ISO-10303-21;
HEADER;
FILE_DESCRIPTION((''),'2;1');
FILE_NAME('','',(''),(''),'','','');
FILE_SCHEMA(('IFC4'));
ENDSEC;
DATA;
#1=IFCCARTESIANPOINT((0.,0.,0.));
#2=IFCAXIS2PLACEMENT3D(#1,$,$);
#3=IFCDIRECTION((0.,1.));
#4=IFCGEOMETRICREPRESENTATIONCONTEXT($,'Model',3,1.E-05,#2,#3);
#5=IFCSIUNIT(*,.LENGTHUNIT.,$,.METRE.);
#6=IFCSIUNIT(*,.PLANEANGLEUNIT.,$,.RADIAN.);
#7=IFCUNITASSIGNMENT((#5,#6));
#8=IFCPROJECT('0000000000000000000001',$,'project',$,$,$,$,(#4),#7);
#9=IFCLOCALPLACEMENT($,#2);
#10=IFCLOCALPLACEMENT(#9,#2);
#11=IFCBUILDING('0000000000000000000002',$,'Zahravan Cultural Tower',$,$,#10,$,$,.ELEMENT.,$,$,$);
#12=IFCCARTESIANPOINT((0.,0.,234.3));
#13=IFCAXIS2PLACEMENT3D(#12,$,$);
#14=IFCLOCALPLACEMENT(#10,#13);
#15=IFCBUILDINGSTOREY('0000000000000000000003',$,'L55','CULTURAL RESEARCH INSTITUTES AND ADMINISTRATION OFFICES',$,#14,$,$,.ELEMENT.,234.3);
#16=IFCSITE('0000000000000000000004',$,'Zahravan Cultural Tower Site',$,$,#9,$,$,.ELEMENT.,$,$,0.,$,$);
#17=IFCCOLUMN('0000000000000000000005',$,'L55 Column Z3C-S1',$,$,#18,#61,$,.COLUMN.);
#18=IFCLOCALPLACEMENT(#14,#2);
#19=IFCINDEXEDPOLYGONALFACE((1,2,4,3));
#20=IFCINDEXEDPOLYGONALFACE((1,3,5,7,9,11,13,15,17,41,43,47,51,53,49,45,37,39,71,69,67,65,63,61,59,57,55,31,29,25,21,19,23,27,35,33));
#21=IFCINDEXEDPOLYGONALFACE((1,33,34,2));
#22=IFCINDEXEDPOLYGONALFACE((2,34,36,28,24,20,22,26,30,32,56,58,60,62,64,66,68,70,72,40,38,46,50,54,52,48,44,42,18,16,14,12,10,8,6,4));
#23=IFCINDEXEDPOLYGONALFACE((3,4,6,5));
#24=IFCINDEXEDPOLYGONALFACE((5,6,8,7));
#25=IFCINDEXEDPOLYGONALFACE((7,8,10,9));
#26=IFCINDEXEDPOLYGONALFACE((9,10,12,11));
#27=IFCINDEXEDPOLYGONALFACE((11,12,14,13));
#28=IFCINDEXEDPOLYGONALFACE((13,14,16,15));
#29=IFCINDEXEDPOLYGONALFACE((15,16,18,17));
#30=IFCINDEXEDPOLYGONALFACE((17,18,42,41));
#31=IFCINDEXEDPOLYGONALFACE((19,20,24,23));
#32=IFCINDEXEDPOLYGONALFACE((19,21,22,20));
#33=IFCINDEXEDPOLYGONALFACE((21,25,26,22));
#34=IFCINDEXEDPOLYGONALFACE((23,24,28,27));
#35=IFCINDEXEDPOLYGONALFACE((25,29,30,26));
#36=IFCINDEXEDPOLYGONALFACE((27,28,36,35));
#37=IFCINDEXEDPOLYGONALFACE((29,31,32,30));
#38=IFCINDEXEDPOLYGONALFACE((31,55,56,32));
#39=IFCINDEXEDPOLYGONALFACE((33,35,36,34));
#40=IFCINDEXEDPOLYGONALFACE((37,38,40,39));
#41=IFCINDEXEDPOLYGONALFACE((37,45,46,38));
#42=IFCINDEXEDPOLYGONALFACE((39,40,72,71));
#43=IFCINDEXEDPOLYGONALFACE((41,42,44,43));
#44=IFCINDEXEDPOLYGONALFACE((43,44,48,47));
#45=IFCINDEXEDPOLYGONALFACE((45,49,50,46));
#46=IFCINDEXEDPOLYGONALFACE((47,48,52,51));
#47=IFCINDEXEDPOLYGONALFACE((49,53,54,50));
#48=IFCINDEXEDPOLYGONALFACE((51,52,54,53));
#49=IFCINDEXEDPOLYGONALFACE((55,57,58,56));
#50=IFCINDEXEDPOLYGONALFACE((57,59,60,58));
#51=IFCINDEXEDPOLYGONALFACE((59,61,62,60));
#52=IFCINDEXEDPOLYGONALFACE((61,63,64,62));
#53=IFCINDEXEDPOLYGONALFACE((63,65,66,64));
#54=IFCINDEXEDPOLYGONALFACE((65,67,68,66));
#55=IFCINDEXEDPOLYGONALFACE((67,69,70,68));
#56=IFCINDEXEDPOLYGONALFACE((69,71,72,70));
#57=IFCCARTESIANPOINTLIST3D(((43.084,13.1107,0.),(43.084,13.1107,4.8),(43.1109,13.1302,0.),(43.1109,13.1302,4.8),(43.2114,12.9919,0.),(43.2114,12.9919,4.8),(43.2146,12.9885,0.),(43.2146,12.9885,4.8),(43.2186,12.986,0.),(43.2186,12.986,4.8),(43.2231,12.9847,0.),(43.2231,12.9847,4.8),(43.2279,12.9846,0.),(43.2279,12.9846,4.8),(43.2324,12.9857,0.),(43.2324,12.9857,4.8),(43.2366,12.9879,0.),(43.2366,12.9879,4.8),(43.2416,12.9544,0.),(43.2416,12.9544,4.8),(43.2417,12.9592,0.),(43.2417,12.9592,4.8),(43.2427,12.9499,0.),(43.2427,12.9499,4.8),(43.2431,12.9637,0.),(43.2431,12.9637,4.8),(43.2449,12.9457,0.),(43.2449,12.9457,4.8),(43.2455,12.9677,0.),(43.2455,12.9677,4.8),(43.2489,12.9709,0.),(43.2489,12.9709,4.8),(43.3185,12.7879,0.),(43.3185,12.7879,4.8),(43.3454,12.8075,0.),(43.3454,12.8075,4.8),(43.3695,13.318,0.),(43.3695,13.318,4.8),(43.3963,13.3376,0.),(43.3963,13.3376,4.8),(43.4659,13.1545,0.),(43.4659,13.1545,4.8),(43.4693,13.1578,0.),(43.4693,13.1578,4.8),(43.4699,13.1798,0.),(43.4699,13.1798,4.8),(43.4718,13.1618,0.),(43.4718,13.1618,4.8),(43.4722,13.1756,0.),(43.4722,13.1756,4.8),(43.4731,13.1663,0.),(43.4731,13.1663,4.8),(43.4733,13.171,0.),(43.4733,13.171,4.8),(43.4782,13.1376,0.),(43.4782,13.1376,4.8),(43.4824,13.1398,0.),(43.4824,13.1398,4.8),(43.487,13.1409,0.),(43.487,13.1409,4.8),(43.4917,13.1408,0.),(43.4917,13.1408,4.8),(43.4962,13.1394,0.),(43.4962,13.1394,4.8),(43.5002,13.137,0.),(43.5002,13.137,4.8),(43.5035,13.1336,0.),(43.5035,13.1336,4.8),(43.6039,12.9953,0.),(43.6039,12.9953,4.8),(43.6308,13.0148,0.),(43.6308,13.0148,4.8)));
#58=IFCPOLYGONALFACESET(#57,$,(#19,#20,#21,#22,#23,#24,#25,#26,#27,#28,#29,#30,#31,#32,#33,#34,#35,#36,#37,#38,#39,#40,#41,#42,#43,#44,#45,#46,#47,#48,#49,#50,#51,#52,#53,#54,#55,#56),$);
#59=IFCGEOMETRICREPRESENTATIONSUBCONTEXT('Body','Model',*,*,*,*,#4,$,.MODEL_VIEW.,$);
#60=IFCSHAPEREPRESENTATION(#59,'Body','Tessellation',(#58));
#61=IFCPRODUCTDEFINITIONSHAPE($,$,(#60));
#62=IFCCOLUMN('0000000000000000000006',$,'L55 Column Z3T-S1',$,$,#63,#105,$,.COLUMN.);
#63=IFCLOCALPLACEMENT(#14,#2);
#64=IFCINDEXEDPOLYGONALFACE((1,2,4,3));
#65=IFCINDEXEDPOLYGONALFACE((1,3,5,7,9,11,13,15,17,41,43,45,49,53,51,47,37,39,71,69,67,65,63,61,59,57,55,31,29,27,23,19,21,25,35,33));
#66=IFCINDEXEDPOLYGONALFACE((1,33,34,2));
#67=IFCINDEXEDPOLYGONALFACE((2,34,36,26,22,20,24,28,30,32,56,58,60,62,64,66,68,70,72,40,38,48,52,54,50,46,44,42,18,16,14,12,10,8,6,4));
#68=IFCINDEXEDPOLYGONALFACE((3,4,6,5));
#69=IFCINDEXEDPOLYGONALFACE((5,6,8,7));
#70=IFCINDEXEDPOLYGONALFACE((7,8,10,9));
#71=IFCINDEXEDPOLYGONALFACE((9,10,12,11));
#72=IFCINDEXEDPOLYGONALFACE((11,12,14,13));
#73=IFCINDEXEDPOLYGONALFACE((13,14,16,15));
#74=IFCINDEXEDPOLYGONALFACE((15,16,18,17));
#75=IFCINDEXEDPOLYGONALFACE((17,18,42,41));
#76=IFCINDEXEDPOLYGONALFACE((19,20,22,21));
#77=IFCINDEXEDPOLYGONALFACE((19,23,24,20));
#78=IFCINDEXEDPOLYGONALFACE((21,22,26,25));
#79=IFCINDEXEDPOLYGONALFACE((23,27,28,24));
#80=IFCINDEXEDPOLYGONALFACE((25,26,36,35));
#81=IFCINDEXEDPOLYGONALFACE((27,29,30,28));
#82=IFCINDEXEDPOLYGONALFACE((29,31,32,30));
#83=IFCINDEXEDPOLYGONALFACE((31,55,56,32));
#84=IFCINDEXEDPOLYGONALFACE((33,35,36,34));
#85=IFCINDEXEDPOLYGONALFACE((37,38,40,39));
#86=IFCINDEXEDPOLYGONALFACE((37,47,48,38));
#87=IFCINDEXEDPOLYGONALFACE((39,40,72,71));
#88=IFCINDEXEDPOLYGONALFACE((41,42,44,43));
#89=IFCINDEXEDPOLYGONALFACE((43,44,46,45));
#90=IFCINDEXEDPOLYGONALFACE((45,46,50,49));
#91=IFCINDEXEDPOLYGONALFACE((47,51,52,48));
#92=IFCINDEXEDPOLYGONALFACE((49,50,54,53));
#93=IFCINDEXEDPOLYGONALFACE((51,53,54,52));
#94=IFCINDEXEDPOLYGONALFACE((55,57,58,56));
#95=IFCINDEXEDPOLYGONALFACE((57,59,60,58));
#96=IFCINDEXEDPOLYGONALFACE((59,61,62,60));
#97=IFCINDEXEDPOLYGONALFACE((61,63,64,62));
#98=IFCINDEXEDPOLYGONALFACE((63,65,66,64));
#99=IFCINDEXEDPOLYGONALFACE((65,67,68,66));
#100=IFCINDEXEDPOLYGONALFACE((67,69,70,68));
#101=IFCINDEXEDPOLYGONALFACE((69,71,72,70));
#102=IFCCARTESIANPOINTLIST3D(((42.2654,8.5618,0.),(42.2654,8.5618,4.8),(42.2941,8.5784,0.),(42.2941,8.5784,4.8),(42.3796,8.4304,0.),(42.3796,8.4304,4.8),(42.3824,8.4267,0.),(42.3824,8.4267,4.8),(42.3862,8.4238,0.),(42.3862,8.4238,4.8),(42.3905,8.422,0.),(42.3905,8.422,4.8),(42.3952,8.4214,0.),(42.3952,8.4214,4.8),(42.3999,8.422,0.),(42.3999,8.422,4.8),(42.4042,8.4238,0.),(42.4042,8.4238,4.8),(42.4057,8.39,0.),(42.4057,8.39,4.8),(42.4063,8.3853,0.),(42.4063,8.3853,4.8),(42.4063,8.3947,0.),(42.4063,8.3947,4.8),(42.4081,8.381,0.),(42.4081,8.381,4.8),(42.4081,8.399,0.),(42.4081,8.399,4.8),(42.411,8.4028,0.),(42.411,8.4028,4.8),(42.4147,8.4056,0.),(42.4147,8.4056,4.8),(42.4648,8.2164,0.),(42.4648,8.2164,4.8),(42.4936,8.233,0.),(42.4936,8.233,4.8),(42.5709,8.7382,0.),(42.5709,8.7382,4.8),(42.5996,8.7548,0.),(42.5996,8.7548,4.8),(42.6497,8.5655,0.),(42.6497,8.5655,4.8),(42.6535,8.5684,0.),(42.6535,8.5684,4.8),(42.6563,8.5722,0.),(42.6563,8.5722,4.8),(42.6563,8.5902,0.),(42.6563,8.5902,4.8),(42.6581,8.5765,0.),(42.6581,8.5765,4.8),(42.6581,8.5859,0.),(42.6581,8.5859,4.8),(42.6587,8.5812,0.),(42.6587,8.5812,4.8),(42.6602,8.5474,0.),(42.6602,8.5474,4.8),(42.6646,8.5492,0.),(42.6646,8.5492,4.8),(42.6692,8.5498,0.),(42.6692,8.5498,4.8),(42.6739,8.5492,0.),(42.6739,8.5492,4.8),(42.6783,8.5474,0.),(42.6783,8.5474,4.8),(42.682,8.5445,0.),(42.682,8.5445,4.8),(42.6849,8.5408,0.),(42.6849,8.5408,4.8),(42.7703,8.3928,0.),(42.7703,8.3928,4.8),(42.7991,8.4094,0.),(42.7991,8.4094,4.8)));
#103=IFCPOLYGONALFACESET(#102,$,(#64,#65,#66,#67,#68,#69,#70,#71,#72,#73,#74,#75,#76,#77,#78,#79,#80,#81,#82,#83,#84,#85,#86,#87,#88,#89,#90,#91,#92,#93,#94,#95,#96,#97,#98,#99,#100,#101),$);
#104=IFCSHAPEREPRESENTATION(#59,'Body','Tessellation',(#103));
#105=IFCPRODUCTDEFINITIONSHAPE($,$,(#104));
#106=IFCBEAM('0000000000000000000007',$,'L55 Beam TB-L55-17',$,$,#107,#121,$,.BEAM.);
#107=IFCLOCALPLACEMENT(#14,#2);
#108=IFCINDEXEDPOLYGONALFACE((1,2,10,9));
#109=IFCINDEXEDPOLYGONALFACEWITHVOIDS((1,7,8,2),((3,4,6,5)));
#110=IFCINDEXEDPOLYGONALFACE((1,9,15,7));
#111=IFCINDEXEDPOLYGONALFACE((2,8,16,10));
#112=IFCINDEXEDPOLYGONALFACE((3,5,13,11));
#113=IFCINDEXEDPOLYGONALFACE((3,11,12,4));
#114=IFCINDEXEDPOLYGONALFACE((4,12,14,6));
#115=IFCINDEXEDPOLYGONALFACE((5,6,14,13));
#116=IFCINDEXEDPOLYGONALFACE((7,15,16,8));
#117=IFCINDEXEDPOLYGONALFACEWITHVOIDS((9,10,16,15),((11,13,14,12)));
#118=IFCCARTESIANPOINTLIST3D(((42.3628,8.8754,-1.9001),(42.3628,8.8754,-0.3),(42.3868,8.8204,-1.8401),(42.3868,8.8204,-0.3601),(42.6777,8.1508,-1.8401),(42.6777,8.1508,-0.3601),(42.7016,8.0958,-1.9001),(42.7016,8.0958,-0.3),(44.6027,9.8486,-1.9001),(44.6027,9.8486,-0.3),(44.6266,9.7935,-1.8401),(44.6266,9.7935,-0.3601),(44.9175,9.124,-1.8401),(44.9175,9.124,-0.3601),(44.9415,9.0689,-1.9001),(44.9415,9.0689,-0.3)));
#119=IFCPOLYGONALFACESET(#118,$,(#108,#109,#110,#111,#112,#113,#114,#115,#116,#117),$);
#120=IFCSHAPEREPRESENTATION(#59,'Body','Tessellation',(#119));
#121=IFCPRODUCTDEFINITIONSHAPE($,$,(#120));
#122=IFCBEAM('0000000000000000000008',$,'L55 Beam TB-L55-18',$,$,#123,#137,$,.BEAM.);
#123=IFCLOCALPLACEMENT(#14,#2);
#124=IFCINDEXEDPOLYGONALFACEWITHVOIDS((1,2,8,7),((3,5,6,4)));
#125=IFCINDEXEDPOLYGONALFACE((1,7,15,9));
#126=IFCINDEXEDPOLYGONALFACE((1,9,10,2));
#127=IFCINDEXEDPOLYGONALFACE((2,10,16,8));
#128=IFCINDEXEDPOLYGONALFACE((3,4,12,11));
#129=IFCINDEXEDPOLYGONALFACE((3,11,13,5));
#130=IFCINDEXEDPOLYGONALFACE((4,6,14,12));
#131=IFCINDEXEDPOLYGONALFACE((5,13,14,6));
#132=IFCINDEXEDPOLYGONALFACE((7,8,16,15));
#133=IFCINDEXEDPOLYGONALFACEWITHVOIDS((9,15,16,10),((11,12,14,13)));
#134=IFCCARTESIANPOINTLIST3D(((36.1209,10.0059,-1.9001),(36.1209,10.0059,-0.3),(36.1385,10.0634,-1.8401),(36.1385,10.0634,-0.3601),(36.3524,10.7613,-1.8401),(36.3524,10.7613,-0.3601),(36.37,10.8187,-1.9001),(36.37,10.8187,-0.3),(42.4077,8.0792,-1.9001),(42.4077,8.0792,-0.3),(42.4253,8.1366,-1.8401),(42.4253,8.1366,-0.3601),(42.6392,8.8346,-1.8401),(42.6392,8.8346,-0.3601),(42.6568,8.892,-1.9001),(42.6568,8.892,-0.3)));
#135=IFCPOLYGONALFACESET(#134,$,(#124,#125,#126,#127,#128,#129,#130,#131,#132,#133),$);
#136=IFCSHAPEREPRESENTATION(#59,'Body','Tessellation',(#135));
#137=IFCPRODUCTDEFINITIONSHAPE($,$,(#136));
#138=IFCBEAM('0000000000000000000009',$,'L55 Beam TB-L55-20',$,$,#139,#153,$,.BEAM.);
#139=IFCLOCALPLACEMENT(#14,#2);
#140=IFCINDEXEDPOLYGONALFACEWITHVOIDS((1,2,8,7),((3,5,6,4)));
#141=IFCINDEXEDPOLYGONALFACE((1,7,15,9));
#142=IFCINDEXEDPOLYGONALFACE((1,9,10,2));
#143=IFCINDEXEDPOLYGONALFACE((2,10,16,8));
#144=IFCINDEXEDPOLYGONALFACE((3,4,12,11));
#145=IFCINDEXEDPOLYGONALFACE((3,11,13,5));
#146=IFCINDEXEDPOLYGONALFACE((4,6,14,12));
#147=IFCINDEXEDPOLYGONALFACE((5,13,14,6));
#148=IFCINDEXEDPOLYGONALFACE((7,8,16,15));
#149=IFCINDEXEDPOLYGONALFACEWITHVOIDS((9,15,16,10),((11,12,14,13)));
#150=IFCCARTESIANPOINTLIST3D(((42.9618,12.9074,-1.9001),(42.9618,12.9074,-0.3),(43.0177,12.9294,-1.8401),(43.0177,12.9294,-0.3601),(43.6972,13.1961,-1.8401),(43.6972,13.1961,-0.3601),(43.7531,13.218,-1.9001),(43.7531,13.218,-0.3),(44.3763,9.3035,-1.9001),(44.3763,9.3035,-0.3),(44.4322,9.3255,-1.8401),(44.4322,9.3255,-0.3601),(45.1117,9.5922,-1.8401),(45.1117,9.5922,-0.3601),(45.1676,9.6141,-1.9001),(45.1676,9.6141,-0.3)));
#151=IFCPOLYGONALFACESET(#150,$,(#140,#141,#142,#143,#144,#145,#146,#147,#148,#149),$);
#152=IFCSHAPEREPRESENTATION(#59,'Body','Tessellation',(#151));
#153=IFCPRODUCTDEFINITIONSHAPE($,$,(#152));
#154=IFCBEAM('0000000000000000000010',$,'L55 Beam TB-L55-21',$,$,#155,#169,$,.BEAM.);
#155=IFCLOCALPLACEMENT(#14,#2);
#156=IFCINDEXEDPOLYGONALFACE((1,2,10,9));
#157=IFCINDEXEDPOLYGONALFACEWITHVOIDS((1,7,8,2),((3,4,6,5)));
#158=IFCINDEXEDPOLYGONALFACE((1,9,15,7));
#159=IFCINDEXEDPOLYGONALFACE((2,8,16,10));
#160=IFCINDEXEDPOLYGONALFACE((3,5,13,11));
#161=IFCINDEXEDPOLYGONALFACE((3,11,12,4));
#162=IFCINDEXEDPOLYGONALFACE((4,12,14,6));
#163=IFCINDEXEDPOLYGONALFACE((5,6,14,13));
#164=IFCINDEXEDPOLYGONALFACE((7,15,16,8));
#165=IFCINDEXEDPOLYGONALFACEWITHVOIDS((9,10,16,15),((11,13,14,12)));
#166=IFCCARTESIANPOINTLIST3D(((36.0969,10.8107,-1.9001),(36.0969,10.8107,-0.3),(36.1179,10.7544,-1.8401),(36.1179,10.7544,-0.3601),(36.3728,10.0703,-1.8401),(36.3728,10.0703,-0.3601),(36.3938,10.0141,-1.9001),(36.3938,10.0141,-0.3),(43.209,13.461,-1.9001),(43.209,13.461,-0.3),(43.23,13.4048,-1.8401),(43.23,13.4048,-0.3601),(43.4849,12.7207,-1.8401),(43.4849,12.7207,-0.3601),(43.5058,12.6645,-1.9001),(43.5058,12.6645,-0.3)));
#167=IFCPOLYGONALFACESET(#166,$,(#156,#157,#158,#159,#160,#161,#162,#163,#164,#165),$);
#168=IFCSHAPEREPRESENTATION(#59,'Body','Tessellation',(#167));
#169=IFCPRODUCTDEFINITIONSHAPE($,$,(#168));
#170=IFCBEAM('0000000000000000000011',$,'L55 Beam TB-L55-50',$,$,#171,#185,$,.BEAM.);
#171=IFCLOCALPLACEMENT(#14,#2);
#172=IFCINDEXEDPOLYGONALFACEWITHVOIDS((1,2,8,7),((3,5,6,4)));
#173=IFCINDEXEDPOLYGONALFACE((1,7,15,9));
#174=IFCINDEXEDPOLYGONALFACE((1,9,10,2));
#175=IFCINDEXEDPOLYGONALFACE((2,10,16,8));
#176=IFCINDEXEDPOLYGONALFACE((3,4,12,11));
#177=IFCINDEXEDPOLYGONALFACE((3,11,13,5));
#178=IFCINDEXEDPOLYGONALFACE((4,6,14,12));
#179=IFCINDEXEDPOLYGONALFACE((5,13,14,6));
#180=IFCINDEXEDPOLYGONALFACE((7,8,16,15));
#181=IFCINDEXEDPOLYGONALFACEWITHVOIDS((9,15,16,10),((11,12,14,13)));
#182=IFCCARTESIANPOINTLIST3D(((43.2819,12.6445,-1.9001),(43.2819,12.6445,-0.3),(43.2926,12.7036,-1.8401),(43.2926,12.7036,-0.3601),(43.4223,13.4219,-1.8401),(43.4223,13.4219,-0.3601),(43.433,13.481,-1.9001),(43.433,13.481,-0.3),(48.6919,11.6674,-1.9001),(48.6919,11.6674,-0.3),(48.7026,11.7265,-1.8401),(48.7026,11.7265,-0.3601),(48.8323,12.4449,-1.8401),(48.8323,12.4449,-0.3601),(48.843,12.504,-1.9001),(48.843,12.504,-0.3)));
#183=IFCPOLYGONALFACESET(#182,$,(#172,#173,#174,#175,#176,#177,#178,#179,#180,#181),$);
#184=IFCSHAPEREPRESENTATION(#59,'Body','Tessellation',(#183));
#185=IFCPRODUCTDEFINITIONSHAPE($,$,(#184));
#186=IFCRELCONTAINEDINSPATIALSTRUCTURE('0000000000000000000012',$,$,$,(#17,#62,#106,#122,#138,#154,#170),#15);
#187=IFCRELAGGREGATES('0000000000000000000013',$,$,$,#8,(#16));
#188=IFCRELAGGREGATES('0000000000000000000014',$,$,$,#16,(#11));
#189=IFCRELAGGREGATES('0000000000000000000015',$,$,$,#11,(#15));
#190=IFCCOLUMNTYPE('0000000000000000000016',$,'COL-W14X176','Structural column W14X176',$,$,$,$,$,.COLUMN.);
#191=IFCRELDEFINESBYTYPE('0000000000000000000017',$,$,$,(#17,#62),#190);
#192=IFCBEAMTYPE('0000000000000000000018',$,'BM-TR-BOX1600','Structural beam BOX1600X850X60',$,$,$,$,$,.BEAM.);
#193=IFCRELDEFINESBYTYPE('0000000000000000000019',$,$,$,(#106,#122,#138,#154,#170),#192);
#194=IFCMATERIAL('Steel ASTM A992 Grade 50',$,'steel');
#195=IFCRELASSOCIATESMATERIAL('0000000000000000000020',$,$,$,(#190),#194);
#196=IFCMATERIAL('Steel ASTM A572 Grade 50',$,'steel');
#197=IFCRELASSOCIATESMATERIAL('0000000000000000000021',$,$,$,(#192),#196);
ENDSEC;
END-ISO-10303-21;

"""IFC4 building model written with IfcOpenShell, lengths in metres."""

from ifc_helpers import new_model, si_unit, direction, frame, origin, origin_2d, place, context, subcontext, project, spatial, hollow_rectangle, i_section, extrude, source, transform, mapped, material, material_profile, profile_set, type_object, element, save


model = new_model("IFC4")

# Units and contexts
model_context = context("Model", 3, precision=1e-05, world=origin(), true_north=direction((0.0, 1.0)))
body_context = subcontext(model_context, "Body", "Model", "MODEL_VIEW")
ifc_project = project(units=[si_unit("LENGTHUNIT", "METRE"), si_unit("PLANEANGLEUNIT", "RADIAN")], contexts=[model_context])

# Site, building, storey
site_placement = place(None, origin())
site = spatial("IfcSite", under=ifc_project, at=site_placement, Name="Zahravan Cultural Tower Site", CompositionType="ELEMENT", RefElevation=0.0)
building_placement = place(site_placement, origin())
building = spatial("IfcBuilding", under=site, at=building_placement, Name="Zahravan Cultural Tower", CompositionType="ELEMENT")
storey_placement = place(building_placement, frame((0.0, 0.0, 234.3)))
storey = spatial("IfcBuildingStorey", under=building, at=storey_placement, Name="L55", Description="CULTURAL RESEARCH INSTITUTES AND ADMINISTRATION OFFICES", CompositionType="ELEMENT", Elevation=234.3)

# Columns
ifc_material_1 = material(Name="Steel ASTM A992 Grade 50", Category="steel")
ifc_material_profile_1 = material_profile(ifc_material_1, i_section(OverallWidth=0.3989, OverallDepth=0.386, WebThickness=0.021, FlangeThickness=0.0332, FilletRadius=0.0181, at=origin_2d()), Name="W14X176")
ifc_profile_set_1 = profile_set([ifc_material_profile_1], Name="Steel ASTM A992 Grade 50")
column_type = type_object("IfcColumnType", Name="COL-W14X176", Description="Structural column W14X176", PredefinedType="COLUMN", material=ifc_profile_set_1)
shared_shape_1 = source(origin(), body_context, "Body", "SweptSolid", [
    extrude(i_section(OverallWidth=0.3989, OverallDepth=0.386, WebThickness=0.021, FlangeThickness=0.0332, FilletRadius=0.0181, at=origin_2d()), origin(), (0.0, 0.0, 1.0), 4.8),
])
for number, where, z_axis, x_axis, name in (
    (1, (43.3574, 13.0627, 0.0), (0.0, 0.0, 1.0), (-0.587785, 0.809017, 0.0), "L55 Column Z3C-S1"),
    (2, (42.5322, 8.4856, 0.0), (0.0, 0.0, 1.0), (-0.5, 0.866025, 0.0), "L55 Column Z3T-S1"),
):
    element("IfcColumn", number, at=place(storey_placement, frame(where, z_axis=z_axis, x_axis=x_axis)), inside=storey, type_object=column_type, Name=name, PredefinedType="COLUMN", context=body_context, shape_type="MappedRepresentation", body=[
        mapped(shared_shape_1, transform((0.0, 0.0, 0.0), x_axis=(1.0, 0.0, 0.0), y_axis=(0.0, 1.0, 0.0), z_axis=(0.0, 0.0, 1.0), scale=1.0)),
    ])

# Beams
ifc_material_2 = material(Name="Steel ASTM A572 Grade 50", Category="steel")
ifc_material_profile_2 = material_profile(ifc_material_2, hollow_rectangle(XDim=0.8501, YDim=1.6001, WallThickness=0.0601, at=origin_2d()), Name="BOX1600X850X60")
ifc_profile_set_2 = profile_set([ifc_material_profile_2], Name="Steel ASTM A572 Grade 50")
beam_type = type_object("IfcBeamType", Name="BM-TR-BOX1600", Description="Structural beam BOX1600X850X60", PredefinedType="BEAM", material=ifc_profile_set_2)
shared_shape_2 = source(origin(), body_context, "Body", "SweptSolid", [
    extrude(hollow_rectangle(XDim=0.8501, YDim=1.6001, WallThickness=0.0601, at=origin_2d()), origin(), (0.0, 0.0, 1.0), 2.4421),
])
beam_1_placement = place(storey_placement, frame((42.5322, 8.4856, -1.1001), z_axis=(0.917169, 0.398499, 0.0), x_axis=(-0.398499, 0.917169, 0.0)))
element("IfcBeam", 3, at=beam_1_placement, inside=storey, type_object=beam_type, Name="L55 Beam TB-L55-17", PredefinedType="BEAM", context=body_context, shape_type="MappedRepresentation", body=[
    mapped(shared_shape_2, transform((0.0, 0.0, 0.0), x_axis=(1.0, 0.0, 0.0), y_axis=(0.0, 1.0, 0.0), z_axis=(0.0, 0.0, 1.0), scale=1.0)),
])
shared_shape_3 = source(origin(), body_context, "Body", "SweptSolid", [
    extrude(hollow_rectangle(XDim=0.8501, YDim=1.6001, WallThickness=0.0601, at=origin_2d()), origin(), (0.0, 0.0, 1.0), 6.5754),
])
beam_2_placement = place(storey_placement, frame((42.5322, 8.4856, -1.1001), z_axis=(-0.956106, 0.293021, 0.0), x_axis=(-0.293021, -0.956106, 0.0)))
element("IfcBeam", 4, at=beam_2_placement, inside=storey, type_object=beam_type, Name="L55 Beam TB-L55-18", PredefinedType="BEAM", context=body_context, shape_type="MappedRepresentation", body=[
    mapped(shared_shape_3, transform((0.0, 0.0, 0.0), x_axis=(1.0, 0.0, 0.0), y_axis=(0.0, 1.0, 0.0), z_axis=(0.0, 0.0, 1.0), scale=1.0)),
])
shared_shape_4 = source(origin(), body_context, "Body", "SweptSolid", [
    extrude(hollow_rectangle(XDim=0.8501, YDim=1.6001, WallThickness=0.0601, at=origin_2d()), origin(), (0.0, 0.0, 1.0), 3.8716),
])
beam_3_placement = place(storey_placement, frame((43.3574, 13.0627, -1.1001), z_axis=(0.36536, -0.930866, 0.0), x_axis=(0.930866, 0.36536, 0.0)))
element("IfcBeam", 5, at=beam_3_placement, inside=storey, type_object=beam_type, Name="L55 Beam TB-L55-20", PredefinedType="BEAM", context=body_context, shape_type="MappedRepresentation", body=[
    mapped(shared_shape_4, transform((0.0, 0.0, 0.0), x_axis=(1.0, 0.0, 0.0), y_axis=(0.0, 1.0, 0.0), z_axis=(0.0, 0.0, 1.0), scale=1.0)),
])
shared_shape_5 = source(origin(), body_context, "Body", "SweptSolid", [
    extrude(hollow_rectangle(XDim=0.8501, YDim=1.6001, WallThickness=0.0601, at=origin_2d()), origin(), (0.0, 0.0, 1.0), 7.5898),
])
beam_4_placement = place(storey_placement, frame((43.3574, 13.0627, -1.1001), z_axis=(-0.937048, -0.349202, 0.0), x_axis=(0.349202, -0.937048, 0.0)))
element("IfcBeam", 6, at=beam_4_placement, inside=storey, type_object=beam_type, Name="L55 Beam TB-L55-21", PredefinedType="BEAM", context=body_context, shape_type="MappedRepresentation", body=[
    mapped(shared_shape_5, transform((0.0, 0.0, 0.0), x_axis=(1.0, 0.0, 0.0), y_axis=(0.0, 1.0, 0.0), z_axis=(0.0, 0.0, 1.0), scale=1.0)),
])
shared_shape_6 = source(origin(), body_context, "Body", "SweptSolid", [
    extrude(hollow_rectangle(XDim=0.8501, YDim=1.6001, WallThickness=0.0601, at=origin_2d()), origin(), (0.0, 0.0, 1.0), 5.4976),
])
beam_5_placement = place(storey_placement, frame((43.3574, 13.0627, -1.1001), z_axis=(0.984081, -0.177721, 0.0), x_axis=(0.177721, 0.984081, 0.0)))
element("IfcBeam", 7, at=beam_5_placement, inside=storey, type_object=beam_type, Name="L55 Beam TB-L55-50", PredefinedType="BEAM", context=body_context, shape_type="MappedRepresentation", body=[
    mapped(shared_shape_6, transform((0.0, 0.0, 0.0), x_axis=(1.0, 0.0, 0.0), y_axis=(0.0, 1.0, 0.0), z_axis=(0.0, 0.0, 1.0), scale=1.0)),
])

save(model, "model.ifc")
